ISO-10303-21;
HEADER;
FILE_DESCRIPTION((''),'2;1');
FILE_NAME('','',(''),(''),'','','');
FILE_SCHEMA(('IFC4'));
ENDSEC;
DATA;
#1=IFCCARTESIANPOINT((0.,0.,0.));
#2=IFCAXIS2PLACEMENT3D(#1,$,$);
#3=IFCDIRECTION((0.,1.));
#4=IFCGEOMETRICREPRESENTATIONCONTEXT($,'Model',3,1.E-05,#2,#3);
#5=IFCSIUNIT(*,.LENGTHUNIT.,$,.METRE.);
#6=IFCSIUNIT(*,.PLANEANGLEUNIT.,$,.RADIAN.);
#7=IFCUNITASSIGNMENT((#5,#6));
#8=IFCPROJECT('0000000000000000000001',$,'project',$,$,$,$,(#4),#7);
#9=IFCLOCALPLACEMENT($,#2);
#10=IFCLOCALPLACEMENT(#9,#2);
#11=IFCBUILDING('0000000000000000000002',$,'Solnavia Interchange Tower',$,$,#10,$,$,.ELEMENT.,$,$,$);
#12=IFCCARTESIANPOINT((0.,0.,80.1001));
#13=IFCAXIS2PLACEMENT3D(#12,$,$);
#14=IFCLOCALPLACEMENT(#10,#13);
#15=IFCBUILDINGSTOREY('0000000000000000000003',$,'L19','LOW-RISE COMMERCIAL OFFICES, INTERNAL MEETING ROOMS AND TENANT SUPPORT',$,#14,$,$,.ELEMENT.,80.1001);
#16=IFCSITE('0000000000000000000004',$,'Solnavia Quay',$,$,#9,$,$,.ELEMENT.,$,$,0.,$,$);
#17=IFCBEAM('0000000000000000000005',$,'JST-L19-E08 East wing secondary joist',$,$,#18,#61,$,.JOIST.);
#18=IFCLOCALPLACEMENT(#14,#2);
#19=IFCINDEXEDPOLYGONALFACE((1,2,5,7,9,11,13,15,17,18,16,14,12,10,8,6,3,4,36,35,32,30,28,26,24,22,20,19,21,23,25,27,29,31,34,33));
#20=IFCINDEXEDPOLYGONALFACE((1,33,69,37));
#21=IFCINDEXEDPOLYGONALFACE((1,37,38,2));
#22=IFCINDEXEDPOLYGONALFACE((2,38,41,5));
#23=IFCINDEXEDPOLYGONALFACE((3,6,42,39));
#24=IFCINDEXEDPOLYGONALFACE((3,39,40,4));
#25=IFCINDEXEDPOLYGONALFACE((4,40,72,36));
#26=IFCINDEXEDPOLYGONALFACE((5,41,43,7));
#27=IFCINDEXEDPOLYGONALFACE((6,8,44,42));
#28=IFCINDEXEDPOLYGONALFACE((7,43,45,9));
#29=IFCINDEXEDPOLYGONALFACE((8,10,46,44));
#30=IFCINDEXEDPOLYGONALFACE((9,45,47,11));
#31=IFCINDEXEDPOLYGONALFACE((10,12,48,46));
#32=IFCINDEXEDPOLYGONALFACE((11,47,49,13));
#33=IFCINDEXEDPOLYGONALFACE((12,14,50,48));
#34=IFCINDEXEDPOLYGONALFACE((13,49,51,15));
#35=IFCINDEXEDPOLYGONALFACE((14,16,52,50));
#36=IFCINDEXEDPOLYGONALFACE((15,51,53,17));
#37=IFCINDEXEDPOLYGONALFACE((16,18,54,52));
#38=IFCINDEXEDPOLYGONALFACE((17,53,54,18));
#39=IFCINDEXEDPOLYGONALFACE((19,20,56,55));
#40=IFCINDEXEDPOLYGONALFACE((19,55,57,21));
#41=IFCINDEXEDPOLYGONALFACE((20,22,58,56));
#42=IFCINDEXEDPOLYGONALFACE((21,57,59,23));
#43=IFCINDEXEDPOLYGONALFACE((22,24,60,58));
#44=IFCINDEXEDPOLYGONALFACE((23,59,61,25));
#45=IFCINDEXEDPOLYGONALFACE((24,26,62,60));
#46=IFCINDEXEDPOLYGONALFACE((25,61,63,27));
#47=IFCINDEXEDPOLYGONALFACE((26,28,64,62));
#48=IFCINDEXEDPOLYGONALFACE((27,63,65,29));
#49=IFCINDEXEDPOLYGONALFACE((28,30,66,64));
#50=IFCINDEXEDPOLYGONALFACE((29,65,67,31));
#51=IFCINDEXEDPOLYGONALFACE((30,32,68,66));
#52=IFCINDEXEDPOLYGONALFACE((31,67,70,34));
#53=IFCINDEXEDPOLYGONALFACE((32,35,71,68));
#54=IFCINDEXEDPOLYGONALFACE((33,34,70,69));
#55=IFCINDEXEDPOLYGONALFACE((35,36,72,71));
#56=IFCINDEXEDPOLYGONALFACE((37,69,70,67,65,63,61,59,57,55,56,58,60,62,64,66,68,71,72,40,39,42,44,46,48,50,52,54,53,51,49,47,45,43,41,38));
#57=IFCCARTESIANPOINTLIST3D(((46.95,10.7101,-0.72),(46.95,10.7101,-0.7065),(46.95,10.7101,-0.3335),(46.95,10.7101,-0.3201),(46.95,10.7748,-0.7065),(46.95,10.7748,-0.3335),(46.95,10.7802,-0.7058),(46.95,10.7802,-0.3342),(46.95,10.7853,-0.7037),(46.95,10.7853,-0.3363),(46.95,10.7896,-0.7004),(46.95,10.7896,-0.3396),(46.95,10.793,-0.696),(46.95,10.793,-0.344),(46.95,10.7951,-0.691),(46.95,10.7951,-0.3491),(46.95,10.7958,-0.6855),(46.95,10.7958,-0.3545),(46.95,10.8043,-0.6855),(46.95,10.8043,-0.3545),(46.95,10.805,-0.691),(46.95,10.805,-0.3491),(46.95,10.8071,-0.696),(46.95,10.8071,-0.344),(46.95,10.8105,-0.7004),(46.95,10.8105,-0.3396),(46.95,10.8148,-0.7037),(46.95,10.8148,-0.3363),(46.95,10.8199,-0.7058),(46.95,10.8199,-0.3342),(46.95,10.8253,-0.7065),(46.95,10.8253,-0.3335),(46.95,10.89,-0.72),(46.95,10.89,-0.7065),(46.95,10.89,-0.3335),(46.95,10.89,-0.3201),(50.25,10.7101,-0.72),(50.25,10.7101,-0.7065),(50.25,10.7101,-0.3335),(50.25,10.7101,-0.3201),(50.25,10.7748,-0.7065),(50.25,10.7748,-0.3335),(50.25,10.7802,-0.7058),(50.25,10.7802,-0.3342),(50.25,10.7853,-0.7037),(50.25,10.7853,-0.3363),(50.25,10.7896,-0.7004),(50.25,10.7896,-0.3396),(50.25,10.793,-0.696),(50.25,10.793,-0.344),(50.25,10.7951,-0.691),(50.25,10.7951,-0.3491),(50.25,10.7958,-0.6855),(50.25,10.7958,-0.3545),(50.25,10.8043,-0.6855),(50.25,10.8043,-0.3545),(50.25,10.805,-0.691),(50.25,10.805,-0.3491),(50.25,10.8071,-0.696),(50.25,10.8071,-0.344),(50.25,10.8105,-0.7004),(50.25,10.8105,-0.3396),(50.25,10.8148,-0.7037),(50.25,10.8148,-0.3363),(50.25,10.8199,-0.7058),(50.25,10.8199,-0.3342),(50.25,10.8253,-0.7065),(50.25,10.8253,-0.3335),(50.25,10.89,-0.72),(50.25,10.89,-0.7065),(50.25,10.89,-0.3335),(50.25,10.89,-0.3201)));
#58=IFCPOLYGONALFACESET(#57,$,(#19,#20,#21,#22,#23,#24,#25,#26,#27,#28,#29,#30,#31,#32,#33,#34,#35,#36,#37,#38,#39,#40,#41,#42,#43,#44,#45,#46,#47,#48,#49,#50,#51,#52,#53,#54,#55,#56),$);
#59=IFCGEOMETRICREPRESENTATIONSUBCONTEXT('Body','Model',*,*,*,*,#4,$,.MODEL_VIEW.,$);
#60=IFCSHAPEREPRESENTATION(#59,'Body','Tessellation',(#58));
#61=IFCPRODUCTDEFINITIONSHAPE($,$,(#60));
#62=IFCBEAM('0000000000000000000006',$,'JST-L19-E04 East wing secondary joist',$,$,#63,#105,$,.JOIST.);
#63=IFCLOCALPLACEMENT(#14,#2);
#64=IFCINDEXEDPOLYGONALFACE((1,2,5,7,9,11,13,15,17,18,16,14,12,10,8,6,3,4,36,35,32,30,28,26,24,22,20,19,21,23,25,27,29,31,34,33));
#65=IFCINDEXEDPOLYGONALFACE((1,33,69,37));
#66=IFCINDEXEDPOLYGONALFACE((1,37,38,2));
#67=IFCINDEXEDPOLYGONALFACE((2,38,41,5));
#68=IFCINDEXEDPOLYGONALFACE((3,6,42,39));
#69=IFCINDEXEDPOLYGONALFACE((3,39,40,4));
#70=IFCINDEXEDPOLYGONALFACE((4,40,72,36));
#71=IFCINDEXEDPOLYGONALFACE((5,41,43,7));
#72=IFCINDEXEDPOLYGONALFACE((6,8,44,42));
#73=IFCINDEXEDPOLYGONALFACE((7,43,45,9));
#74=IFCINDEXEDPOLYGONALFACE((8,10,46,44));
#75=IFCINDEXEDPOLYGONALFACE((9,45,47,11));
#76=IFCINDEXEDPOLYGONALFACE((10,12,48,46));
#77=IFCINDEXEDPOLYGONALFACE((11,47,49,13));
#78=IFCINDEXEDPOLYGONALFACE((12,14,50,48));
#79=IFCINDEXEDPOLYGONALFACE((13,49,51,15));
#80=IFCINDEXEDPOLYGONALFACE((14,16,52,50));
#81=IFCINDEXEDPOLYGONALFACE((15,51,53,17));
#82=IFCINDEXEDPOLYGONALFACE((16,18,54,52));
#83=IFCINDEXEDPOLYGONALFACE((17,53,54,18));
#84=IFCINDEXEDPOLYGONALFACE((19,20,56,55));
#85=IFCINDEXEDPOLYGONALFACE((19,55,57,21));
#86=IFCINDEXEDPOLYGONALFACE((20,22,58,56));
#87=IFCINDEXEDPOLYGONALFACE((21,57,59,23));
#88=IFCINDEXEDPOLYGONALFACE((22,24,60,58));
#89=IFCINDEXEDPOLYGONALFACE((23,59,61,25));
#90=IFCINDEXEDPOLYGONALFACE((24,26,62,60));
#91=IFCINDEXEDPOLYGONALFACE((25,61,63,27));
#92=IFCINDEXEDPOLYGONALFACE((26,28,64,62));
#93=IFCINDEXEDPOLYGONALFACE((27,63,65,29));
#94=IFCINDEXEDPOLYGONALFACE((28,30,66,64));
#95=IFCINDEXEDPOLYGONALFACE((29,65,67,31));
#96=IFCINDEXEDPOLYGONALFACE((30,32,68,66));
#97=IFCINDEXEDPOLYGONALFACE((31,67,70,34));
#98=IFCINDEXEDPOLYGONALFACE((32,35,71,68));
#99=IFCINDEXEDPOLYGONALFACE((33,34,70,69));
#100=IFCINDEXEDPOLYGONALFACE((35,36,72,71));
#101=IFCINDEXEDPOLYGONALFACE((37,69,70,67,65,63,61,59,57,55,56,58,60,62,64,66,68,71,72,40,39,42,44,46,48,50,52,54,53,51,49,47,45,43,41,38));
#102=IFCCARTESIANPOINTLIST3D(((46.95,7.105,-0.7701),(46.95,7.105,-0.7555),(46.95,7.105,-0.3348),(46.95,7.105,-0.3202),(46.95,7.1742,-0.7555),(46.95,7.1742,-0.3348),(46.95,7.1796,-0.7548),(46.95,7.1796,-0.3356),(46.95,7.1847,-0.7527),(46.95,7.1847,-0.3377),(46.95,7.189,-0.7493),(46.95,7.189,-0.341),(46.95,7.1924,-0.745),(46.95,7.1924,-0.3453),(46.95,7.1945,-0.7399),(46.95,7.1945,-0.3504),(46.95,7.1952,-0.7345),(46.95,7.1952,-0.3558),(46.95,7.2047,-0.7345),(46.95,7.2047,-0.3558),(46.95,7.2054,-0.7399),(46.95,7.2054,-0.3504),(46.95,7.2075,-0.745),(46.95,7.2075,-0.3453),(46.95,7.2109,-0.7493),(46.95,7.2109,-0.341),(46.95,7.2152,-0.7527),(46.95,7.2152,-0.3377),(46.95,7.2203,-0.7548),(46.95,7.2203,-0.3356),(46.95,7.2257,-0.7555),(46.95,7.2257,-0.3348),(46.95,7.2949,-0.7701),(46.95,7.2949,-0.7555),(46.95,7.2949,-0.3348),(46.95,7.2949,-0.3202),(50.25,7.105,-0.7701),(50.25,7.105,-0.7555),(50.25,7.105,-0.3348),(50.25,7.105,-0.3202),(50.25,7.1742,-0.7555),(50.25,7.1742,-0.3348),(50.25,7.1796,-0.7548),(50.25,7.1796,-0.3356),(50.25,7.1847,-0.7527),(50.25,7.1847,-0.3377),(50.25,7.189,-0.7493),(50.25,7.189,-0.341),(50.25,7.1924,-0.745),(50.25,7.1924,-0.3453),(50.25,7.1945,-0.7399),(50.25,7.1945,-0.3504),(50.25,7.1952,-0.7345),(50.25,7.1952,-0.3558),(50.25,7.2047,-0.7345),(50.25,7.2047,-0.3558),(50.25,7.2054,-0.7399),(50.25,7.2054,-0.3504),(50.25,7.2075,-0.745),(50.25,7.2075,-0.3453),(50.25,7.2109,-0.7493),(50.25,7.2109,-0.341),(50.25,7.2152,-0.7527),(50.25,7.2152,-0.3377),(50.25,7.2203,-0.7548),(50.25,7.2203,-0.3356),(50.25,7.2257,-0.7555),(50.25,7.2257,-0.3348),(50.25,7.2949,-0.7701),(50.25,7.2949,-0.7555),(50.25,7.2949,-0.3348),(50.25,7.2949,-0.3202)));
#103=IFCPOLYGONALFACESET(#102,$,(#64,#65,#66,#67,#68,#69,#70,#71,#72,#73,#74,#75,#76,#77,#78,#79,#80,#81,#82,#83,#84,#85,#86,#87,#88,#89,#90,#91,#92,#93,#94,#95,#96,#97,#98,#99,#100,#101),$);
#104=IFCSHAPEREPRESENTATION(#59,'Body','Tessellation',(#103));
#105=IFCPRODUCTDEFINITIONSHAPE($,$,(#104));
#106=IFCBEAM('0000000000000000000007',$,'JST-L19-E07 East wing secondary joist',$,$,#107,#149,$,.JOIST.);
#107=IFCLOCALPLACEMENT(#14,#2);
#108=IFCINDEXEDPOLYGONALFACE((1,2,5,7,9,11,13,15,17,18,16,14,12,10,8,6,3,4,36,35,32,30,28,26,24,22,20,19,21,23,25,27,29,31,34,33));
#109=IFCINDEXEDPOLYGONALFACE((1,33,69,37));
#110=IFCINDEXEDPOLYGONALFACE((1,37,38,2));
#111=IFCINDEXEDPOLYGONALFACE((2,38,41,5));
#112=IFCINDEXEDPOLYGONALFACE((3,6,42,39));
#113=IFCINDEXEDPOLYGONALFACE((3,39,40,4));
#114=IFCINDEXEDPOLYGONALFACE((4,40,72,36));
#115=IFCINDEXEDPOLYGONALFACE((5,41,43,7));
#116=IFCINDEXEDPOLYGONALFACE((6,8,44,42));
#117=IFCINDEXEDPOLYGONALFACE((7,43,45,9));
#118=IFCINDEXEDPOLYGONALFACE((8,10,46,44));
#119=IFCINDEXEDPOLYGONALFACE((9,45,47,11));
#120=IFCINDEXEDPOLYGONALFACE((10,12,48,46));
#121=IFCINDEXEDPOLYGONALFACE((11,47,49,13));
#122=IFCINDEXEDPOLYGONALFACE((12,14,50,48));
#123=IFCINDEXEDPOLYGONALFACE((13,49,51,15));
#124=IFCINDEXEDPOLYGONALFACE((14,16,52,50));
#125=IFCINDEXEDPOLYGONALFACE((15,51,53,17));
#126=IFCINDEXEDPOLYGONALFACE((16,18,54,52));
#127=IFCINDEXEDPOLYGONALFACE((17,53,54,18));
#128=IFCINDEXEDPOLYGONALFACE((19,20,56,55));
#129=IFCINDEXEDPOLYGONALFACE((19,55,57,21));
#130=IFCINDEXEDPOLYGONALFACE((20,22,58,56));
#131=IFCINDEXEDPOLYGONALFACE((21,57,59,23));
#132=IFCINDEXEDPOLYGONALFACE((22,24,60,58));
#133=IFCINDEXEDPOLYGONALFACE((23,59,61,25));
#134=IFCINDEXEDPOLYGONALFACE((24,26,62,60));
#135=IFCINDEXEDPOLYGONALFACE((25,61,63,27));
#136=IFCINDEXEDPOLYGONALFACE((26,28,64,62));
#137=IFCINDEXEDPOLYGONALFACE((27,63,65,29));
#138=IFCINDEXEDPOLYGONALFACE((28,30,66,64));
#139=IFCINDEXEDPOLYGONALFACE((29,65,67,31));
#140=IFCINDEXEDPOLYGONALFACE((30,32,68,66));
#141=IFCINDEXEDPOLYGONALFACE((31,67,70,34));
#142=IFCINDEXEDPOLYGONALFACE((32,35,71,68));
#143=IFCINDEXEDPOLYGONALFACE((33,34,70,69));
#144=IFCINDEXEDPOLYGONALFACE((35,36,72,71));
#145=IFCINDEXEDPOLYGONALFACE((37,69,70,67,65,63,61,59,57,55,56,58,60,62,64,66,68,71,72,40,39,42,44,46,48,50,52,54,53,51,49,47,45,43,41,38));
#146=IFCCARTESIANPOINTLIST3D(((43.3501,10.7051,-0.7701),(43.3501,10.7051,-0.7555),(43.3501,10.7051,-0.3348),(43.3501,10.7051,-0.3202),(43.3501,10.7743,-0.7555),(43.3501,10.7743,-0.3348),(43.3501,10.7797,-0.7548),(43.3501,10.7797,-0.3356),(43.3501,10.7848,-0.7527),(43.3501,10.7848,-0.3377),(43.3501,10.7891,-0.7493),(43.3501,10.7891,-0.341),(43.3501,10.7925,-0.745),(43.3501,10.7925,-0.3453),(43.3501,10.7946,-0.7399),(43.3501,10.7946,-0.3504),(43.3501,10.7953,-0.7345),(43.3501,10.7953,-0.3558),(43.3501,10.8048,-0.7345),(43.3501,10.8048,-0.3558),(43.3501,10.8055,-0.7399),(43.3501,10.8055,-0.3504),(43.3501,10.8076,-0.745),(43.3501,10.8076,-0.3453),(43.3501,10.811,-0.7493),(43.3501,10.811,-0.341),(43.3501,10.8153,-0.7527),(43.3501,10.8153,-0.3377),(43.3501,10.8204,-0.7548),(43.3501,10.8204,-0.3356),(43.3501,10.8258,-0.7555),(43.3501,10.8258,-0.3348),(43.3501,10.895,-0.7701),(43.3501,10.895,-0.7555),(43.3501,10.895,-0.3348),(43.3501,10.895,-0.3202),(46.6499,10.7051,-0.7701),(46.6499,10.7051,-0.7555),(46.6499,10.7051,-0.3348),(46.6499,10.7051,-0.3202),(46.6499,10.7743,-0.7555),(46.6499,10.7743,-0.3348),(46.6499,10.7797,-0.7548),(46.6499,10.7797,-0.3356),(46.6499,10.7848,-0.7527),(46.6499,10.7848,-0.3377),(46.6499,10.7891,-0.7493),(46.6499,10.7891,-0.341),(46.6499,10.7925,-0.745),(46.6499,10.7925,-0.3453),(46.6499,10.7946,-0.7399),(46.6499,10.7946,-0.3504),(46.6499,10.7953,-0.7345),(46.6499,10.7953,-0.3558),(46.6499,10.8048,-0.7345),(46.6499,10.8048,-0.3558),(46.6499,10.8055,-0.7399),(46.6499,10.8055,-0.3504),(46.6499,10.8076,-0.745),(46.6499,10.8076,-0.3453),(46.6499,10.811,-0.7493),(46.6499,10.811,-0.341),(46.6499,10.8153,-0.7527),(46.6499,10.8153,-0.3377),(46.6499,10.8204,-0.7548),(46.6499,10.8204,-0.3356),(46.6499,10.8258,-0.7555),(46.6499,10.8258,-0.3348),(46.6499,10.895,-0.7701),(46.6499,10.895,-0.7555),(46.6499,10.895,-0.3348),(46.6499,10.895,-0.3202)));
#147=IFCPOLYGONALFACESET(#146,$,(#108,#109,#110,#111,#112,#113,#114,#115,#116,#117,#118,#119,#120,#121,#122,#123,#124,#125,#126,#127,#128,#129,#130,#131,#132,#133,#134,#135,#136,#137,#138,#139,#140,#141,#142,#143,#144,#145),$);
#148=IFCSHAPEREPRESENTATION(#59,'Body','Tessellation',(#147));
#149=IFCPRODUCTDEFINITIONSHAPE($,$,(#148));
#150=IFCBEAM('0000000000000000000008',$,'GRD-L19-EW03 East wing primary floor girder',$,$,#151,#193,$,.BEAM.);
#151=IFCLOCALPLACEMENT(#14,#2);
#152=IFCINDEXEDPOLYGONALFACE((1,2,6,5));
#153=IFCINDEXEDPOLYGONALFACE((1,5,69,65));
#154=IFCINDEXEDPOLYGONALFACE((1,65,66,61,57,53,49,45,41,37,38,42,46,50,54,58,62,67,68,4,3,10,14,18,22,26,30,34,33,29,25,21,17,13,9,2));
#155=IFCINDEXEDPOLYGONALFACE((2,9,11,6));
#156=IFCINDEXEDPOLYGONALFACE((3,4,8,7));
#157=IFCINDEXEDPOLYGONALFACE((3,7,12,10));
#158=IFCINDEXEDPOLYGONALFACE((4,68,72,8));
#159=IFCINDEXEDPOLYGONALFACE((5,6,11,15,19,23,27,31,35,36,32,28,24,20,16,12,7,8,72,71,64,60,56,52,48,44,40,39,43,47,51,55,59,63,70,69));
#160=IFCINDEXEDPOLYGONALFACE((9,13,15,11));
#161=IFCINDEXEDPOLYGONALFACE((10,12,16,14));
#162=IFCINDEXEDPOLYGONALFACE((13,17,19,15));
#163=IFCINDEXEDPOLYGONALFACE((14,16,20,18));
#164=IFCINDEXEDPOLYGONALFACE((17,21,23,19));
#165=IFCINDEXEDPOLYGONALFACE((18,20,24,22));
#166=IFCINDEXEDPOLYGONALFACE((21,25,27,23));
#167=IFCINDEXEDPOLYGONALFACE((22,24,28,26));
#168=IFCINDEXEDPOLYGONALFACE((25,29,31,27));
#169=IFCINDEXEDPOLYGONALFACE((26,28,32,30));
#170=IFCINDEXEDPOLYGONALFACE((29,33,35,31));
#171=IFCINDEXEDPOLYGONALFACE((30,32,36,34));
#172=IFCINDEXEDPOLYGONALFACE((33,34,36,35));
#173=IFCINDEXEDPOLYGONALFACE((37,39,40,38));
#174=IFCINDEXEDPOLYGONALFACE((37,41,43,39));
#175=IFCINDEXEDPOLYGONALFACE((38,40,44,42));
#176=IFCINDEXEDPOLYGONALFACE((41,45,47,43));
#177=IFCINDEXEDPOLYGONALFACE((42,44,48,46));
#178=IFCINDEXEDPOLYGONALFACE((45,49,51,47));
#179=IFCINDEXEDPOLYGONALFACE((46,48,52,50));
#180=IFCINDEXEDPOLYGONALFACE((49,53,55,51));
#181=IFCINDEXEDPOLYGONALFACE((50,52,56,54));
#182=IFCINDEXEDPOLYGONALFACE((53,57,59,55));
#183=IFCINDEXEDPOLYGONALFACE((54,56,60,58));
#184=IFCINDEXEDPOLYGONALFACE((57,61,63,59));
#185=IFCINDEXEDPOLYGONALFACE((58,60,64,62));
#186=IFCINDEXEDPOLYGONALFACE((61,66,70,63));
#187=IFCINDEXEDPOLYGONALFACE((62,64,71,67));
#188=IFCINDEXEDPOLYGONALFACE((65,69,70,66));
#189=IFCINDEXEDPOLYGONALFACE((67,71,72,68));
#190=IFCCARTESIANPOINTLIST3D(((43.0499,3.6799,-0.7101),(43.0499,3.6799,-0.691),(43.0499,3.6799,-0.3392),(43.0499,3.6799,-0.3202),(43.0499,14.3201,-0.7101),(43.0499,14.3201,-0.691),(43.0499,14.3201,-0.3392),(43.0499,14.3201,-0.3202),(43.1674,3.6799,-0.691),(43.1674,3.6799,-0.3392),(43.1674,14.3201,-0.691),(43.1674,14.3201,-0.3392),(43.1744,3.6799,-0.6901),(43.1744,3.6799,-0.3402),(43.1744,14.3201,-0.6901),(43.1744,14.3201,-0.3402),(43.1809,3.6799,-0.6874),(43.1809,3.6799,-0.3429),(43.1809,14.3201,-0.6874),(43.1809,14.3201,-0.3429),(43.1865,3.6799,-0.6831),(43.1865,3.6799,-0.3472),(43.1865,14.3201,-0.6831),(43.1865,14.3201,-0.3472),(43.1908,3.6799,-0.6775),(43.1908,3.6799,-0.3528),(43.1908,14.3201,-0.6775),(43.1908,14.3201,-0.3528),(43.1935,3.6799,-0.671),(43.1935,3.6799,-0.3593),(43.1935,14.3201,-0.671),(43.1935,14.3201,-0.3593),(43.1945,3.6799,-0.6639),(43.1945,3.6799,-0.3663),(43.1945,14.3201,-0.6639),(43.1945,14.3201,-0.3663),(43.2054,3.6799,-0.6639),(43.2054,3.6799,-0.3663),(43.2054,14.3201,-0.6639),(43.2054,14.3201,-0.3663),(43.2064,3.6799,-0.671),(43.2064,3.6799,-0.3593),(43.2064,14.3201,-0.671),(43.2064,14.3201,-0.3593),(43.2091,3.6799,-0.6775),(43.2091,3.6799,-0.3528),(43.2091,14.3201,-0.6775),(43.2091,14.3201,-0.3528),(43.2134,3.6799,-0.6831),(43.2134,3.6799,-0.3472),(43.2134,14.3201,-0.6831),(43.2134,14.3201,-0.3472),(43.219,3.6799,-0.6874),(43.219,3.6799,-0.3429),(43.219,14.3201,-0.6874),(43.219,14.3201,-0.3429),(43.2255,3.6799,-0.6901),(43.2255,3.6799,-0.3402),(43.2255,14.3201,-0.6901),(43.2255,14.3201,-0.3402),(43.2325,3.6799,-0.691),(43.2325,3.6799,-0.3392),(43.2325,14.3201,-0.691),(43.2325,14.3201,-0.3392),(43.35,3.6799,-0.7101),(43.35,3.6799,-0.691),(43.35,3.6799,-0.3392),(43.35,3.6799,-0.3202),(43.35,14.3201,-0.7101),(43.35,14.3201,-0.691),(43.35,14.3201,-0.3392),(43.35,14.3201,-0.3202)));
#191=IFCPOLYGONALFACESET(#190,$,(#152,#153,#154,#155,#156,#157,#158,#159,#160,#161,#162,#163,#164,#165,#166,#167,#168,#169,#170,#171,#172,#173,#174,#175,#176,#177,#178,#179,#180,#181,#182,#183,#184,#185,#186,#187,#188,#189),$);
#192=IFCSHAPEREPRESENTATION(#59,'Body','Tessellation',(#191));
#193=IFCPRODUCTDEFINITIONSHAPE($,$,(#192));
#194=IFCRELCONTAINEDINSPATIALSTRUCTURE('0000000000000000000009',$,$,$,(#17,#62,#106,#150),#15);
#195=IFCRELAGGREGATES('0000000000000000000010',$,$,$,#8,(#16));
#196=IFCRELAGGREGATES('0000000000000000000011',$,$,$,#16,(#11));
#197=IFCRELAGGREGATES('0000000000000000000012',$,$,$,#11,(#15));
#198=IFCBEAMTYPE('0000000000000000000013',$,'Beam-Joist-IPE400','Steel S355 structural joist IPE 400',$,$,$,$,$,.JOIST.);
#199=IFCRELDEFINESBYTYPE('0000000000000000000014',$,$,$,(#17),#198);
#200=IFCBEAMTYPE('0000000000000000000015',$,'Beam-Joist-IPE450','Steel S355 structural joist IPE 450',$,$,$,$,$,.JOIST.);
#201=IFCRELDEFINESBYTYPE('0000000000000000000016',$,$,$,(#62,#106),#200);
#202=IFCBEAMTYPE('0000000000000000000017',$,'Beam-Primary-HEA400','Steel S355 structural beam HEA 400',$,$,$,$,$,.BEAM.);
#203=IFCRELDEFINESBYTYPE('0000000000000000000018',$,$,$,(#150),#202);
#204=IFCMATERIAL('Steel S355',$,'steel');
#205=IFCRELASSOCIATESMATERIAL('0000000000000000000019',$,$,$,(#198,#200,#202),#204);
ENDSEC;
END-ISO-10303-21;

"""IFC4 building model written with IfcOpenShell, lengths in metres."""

from ifc_helpers import new_model, si_unit, direction, frame, origin, origin_2d, place, context, subcontext, project, spatial, i_section, extrude, material, material_profile, profile_set, type_object, element, save


model = new_model("IFC4")

# Units and contexts
model_context = context("Model", 3, precision=1e-05, world=origin(), true_north=direction((0.0, 1.0)))
body_context = subcontext(model_context, "Body", "Model", "MODEL_VIEW")
ifc_project = project(units=[si_unit("LENGTHUNIT", "METRE"), si_unit("PLANEANGLEUNIT", "RADIAN")], contexts=[model_context])

# Site, building, storey
site_placement = place(None, origin())
site = spatial("IfcSite", under=ifc_project, at=site_placement, Name="Solnavia Quay", CompositionType="ELEMENT", RefElevation=0.0)
building_placement = place(site_placement, origin())
building = spatial("IfcBuilding", under=site, at=building_placement, Name="Solnavia Interchange Tower", CompositionType="ELEMENT")
storey_placement = place(building_placement, frame((0.0, 0.0, 80.1001)))
storey = spatial("IfcBuildingStorey", under=building, at=storey_placement, Name="L19", Description="LOW-RISE COMMERCIAL OFFICES, INTERNAL MEETING ROOMS AND TENANT SUPPORT", CompositionType="ELEMENT", Elevation=80.1001)

# Shared definitions
ifc_material_1 = material(Name="Steel S355", Category="steel")

# Beams
ifc_material_profile_1 = material_profile(ifc_material_1, i_section(OverallWidth=0.1799, OverallDepth=0.3999, WebThickness=0.0085, FlangeThickness=0.0134, FilletRadius=0.021, at=origin_2d()), Name="IPE 400")
ifc_profile_set_1 = profile_set([ifc_material_profile_1], Name="Steel S355")
beam_type_1 = type_object("IfcBeamType", Name="Beam-Joist-IPE400", Description="Steel S355 structural joist IPE 400", PredefinedType="JOIST", material=ifc_profile_set_1)
beam_1_placement = place(storey_placement, frame((46.95, 10.8, -0.52), z_axis=(1.0, 0.0, 0.0), x_axis=(0.0, 1.0, 0.0)))
element("IfcBeam", 1, at=beam_1_placement, inside=storey, type_object=beam_type_1, Name="JST-L19-E08 East wing secondary joist", PredefinedType="JOIST", context=body_context, shape_type="SweptSolid", body=[
    extrude(i_section(OverallWidth=0.1799, OverallDepth=0.3999, WebThickness=0.0085, FlangeThickness=0.0134, FilletRadius=0.021, at=origin_2d()), origin(), (0.0, 0.0, 1.0), 3.3),
])
ifc_material_profile_2 = material_profile(ifc_material_1, i_section(OverallWidth=0.1899, OverallDepth=0.45, WebThickness=0.0095, FlangeThickness=0.0146, FilletRadius=0.021, at=origin_2d()), Name="IPE 450")
ifc_profile_set_2 = profile_set([ifc_material_profile_2], Name="Steel S355")
beam_type_2 = type_object("IfcBeamType", Name="Beam-Joist-IPE450", Description="Steel S355 structural joist IPE 450", PredefinedType="JOIST", material=ifc_profile_set_2)
beam_2_placement = place(storey_placement, frame((46.95, 7.2, -0.5452), z_axis=(1.0, 0.0, 0.0), x_axis=(0.0, 1.0, 0.0)))
element("IfcBeam", 2, at=beam_2_placement, inside=storey, type_object=beam_type_2, Name="JST-L19-E04 East wing secondary joist", PredefinedType="JOIST", context=body_context, shape_type="SweptSolid", body=[
    extrude(i_section(OverallWidth=0.1899, OverallDepth=0.45, WebThickness=0.0095, FlangeThickness=0.0146, FilletRadius=0.021, at=origin_2d()), origin(), (0.0, 0.0, 1.0), 3.3),
])
beam_3_placement = place(storey_placement, frame((43.3501, 10.8, -0.5452), z_axis=(1.0, 0.0, 0.0), x_axis=(0.0, 1.0, 0.0)))
element("IfcBeam", 3, at=beam_3_placement, inside=storey, type_object=beam_type_2, Name="JST-L19-E07 East wing secondary joist", PredefinedType="JOIST", context=body_context, shape_type="SweptSolid", body=[
    extrude(i_section(OverallWidth=0.1899, OverallDepth=0.45, WebThickness=0.0095, FlangeThickness=0.0146, FilletRadius=0.021, at=origin_2d()), origin(), (0.0, 0.0, 1.0), 3.2998),
])
ifc_material_profile_3 = material_profile(ifc_material_1, i_section(OverallWidth=0.3, OverallDepth=0.3899, WebThickness=0.011, FlangeThickness=0.019, FilletRadius=0.0271, at=origin_2d()), Name="HEA 400")
ifc_profile_set_3 = profile_set([ifc_material_profile_3], Name="Steel S355")
beam_type_3 = type_object("IfcBeamType", Name="Beam-Primary-HEA400", Description="Steel S355 structural beam HEA 400", PredefinedType="BEAM", material=ifc_profile_set_3)
for number, where, z_axis, x_axis, name in (
    (4, (43.2, 3.6799, -0.5151), (0.0, 1.0, 0.0), (-1.0, 0.0, 0.0), "GRD-L19-EW03 East wing primary floor girder"),
):
    element("IfcBeam", number, at=place(storey_placement, frame(where, z_axis=z_axis, x_axis=x_axis)), inside=storey, type_object=beam_type_3, Name=name, PredefinedType="BEAM", context=body_context, shape_type="SweptSolid", body=[
        extrude(i_section(OverallWidth=0.3, OverallDepth=0.3899, WebThickness=0.011, FlangeThickness=0.019, FilletRadius=0.0271, at=origin_2d()), origin(), (0.0, 0.0, 1.0), 10.6401),
    ])

save(model, "model.ifc")
